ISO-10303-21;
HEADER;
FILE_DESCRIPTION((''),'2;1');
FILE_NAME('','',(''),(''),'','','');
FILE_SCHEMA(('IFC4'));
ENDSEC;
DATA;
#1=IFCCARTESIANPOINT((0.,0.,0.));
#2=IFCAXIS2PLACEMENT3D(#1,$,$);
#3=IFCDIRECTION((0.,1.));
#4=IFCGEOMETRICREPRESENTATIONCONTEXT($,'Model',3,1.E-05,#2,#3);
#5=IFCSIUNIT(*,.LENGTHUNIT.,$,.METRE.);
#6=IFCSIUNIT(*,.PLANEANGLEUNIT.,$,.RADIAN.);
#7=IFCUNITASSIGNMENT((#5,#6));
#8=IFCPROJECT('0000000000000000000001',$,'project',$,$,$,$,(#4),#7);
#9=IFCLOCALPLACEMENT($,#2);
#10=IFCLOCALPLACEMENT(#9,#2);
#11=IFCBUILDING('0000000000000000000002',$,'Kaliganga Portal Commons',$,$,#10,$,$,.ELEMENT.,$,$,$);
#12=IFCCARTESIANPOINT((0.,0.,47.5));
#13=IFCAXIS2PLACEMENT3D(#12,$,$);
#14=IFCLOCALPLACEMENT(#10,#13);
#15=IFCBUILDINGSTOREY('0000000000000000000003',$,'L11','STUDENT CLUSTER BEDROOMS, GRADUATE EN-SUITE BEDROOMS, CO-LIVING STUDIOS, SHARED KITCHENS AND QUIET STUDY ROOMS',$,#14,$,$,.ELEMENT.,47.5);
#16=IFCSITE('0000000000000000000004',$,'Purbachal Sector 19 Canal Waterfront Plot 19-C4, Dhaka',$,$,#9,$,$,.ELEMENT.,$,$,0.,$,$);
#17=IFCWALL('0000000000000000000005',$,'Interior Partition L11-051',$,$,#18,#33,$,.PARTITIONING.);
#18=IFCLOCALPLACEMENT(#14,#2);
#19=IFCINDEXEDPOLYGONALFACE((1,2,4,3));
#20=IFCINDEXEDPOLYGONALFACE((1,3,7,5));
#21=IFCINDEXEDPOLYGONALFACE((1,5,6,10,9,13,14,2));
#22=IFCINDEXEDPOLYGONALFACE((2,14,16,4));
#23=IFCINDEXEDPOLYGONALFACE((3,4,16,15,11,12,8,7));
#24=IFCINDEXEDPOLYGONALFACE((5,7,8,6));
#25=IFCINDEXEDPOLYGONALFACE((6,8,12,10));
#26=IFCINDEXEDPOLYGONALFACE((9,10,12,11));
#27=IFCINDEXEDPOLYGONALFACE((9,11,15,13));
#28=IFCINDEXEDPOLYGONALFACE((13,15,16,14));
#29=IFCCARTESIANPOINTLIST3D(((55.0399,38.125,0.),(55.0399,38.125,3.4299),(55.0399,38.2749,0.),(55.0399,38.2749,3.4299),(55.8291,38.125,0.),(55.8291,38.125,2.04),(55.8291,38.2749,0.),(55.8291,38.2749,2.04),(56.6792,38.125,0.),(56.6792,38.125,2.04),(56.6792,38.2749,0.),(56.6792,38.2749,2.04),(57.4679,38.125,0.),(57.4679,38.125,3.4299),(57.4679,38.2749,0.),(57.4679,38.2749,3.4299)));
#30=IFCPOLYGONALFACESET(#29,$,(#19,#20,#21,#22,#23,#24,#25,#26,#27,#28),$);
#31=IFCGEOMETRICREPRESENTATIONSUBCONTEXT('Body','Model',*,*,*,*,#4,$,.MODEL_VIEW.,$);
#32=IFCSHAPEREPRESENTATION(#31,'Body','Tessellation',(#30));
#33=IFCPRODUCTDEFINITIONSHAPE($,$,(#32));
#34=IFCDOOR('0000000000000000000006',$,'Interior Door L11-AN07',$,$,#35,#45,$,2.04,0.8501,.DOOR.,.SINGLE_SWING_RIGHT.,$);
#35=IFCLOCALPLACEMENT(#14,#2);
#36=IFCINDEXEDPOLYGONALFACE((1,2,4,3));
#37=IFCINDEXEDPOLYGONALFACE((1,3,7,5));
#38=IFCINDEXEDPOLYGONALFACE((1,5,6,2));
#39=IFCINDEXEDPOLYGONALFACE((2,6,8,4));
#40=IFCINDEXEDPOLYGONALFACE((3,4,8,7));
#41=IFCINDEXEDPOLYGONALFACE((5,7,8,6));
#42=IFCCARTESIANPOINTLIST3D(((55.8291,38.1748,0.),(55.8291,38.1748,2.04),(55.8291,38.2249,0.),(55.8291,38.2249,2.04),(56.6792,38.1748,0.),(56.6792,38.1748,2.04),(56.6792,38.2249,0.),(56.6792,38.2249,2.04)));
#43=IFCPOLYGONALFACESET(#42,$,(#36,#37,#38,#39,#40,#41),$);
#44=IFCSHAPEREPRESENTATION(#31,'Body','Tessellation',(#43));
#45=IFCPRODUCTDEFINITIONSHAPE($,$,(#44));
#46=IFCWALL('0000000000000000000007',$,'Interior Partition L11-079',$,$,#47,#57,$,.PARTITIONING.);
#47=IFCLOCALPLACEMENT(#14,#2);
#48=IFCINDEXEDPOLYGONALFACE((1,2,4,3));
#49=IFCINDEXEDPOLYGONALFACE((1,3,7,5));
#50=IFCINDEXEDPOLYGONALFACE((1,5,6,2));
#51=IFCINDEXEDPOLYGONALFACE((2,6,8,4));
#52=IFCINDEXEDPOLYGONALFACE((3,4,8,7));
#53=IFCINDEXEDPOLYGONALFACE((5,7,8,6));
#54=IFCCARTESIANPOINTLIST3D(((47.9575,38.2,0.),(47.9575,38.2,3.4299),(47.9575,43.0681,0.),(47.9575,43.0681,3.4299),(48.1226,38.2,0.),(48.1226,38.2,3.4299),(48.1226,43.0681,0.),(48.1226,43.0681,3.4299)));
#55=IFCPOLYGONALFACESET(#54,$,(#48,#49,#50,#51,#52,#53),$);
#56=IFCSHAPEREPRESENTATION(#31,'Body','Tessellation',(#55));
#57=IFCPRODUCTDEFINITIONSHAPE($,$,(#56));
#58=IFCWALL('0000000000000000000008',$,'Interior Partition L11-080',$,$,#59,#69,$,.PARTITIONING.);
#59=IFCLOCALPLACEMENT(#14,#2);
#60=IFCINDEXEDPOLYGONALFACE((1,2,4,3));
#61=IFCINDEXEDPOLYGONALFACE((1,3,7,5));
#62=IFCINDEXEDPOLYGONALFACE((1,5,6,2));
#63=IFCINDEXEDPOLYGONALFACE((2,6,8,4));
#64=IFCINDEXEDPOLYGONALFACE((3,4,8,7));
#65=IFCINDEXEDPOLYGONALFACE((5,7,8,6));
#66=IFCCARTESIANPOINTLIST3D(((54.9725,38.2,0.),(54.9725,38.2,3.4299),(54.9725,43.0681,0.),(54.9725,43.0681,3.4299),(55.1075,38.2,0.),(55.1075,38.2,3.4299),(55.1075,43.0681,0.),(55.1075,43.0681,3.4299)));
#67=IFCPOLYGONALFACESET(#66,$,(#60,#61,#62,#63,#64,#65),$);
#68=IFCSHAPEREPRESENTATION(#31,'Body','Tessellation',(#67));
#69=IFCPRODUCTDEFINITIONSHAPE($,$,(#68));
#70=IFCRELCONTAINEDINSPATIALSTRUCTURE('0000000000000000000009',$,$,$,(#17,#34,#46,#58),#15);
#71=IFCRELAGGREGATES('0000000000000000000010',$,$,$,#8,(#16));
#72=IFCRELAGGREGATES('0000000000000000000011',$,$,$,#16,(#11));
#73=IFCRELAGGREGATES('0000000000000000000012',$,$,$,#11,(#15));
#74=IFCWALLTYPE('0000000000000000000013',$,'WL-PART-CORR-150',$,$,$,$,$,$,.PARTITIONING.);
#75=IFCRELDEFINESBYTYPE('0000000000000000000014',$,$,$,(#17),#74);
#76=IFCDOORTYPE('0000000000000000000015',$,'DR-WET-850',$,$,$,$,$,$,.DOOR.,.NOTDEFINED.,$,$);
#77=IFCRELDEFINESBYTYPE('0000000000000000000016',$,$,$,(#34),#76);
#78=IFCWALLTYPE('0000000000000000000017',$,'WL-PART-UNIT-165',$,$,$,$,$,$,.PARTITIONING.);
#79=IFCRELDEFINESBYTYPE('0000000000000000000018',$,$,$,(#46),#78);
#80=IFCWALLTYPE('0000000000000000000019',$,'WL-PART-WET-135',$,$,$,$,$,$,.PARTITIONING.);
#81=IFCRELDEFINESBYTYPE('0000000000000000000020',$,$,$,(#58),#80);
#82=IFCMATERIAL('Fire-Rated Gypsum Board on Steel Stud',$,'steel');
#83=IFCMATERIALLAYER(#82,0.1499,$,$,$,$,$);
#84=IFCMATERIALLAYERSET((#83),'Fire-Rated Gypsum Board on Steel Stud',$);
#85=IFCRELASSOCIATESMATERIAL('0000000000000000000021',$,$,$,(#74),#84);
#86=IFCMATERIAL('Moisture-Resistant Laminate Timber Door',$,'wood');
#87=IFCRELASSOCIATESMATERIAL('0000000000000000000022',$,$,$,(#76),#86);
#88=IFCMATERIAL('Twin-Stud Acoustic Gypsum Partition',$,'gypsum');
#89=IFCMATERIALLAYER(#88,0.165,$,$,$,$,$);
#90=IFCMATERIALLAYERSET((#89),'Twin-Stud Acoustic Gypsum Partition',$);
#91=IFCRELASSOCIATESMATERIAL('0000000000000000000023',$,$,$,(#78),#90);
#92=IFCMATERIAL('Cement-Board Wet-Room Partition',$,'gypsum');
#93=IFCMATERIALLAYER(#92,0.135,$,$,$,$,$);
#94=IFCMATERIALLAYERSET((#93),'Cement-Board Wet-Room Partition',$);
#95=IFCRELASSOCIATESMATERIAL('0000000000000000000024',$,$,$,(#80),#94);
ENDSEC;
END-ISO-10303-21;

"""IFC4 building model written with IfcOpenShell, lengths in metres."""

from ifc_helpers import new_model, si_unit, direction, frame, frame_2d, origin, place, context, subcontext, project, spatial, rectangle, extrude, material, layer, layer_set, type_object, element, fill, save


model = new_model("IFC4")

# Units and contexts
model_context = context("Model", 3, precision=1e-05, world=origin(), true_north=direction((0.0, 1.0)))
body_context = subcontext(model_context, "Body", "Model", "MODEL_VIEW")
ifc_project = project(units=[si_unit("LENGTHUNIT", "METRE"), si_unit("PLANEANGLEUNIT", "RADIAN")], contexts=[model_context])

# Site, building, storey
site_placement = place(None, origin())
site = spatial("IfcSite", under=ifc_project, at=site_placement, Name="Purbachal Sector 19 Canal Waterfront Plot 19-C4, Dhaka", CompositionType="ELEMENT", RefElevation=0.0)
building_placement = place(site_placement, origin())
building = spatial("IfcBuilding", under=site, at=building_placement, Name="Kaliganga Portal Commons", CompositionType="ELEMENT")
storey_placement = place(building_placement, frame((0.0, 0.0, 47.5)))
storey = spatial("IfcBuildingStorey", under=building, at=storey_placement, Name="L11", Description="STUDENT CLUSTER BEDROOMS, GRADUATE EN-SUITE BEDROOMS, CO-LIVING STUDIOS, SHARED KITCHENS AND QUIET STUDY ROOMS", CompositionType="ELEMENT", Elevation=47.5)

# Shared definitions
ifc_material_1 = material(Name="Fire-Rated Gypsum Board on Steel Stud", Category="steel")
ifc_layer_1 = layer(ifc_material_1, 0.1499)
ifc_layer_set_1 = layer_set([ifc_layer_1], Name="Fire-Rated Gypsum Board on Steel Stud")
wall_type_1 = type_object("IfcWallType", Name="WL-PART-CORR-150", PredefinedType="PARTITIONING", material=ifc_layer_set_1)

# Wall, opening, door
wall_1_placement = place(storey_placement, frame((55.04, 38.2, 0.0), z_axis=(0.0, 0.0, 1.0), x_axis=(1.0, 0.0, 0.0)))
wall_1 = element("IfcWall", 1, at=wall_1_placement, inside=storey, type_object=wall_type_1, Name="Interior Partition L11-051", PredefinedType="PARTITIONING", context=body_context, shape_type="SweptSolid", body=[
    extrude(rectangle(XDim=2.428, YDim=0.1499, at=frame_2d((1.2139, 0.0))), origin(), (0.0, 0.0, 1.0), 3.4299),
])
opening_1_placement = place(wall_1_placement, frame((0.7891, 0.0, 0.0)))
opening_1 = element("IfcOpeningElement", 2, at=opening_1_placement, cuts=wall_1, PredefinedType="OPENING", context=body_context, shape_type="SweptSolid", body=[
    extrude(rectangle(XDim=0.8501, YDim=2.04, at=frame_2d((0.425, 1.02))), frame((0.0, 0.085, 0.0), z_axis=(0.0, -1.0, 0.0), x_axis=(1.0, 0.0, 0.0)), (0.0, 0.0, 1.0), 0.1699),
])
ifc_material_2 = material(Name="Moisture-Resistant Laminate Timber Door", Category="wood")
door_type_1 = type_object("IfcDoorType", Name="DR-WET-850", OperationType="NOTDEFINED", PredefinedType="DOOR", material=ifc_material_2)
door_1_placement = place(opening_1_placement, origin())
door_1 = element("IfcDoor", 3, at=door_1_placement, inside=storey, type_object=door_type_1, Name="Interior Door L11-AN07", OperationType="SINGLE_SWING_RIGHT", OverallHeight=2.04, OverallWidth=0.8501, PredefinedType="DOOR", context=body_context, shape_type="SweptSolid", body=[
    extrude(rectangle(XDim=0.8501, YDim=2.04, at=frame_2d((0.425, 1.02))), frame((0.0, 0.0249, 0.0), z_axis=(0.0, -1.0, 0.0), x_axis=(1.0, 0.0, 0.0)), (0.0, 0.0, 1.0), 0.05),
])
fill(opening_1, door_1)

# Walls
ifc_material_3 = material(Name="Twin-Stud Acoustic Gypsum Partition", Category="gypsum")
ifc_layer_2 = layer(ifc_material_3, 0.165)
ifc_layer_set_2 = layer_set([ifc_layer_2], Name="Twin-Stud Acoustic Gypsum Partition")
wall_type_2 = type_object("IfcWallType", Name="WL-PART-UNIT-165", PredefinedType="PARTITIONING", material=ifc_layer_set_2)
wall_2_placement = place(storey_placement, frame((48.04, 38.2, 0.0), z_axis=(0.0, 0.0, 1.0), x_axis=(0.0, 1.0, 0.0)))
element("IfcWall", 4, at=wall_2_placement, inside=storey, type_object=wall_type_2, Name="Interior Partition L11-079", PredefinedType="PARTITIONING", context=body_context, shape_type="SweptSolid", body=[
    extrude(rectangle(XDim=4.8682, YDim=0.165, at=frame_2d((2.4341, 0.0))), origin(), (0.0, 0.0, 1.0), 3.4299),
])
ifc_material_4 = material(Name="Cement-Board Wet-Room Partition", Category="gypsum")
ifc_layer_3 = layer(ifc_material_4, 0.135)
ifc_layer_set_3 = layer_set([ifc_layer_3], Name="Cement-Board Wet-Room Partition")
wall_type_3 = type_object("IfcWallType", Name="WL-PART-WET-135", PredefinedType="PARTITIONING", material=ifc_layer_set_3)
wall_3_placement = place(storey_placement, frame((55.04, 38.2, 0.0), z_axis=(0.0, 0.0, 1.0), x_axis=(0.0, 1.0, 0.0)))
element("IfcWall", 5, at=wall_3_placement, inside=storey, type_object=wall_type_3, Name="Interior Partition L11-080", PredefinedType="PARTITIONING", context=body_context, shape_type="SweptSolid", body=[
    extrude(rectangle(XDim=4.8682, YDim=0.135, at=frame_2d((2.4341, 0.0))), origin(), (0.0, 0.0, 1.0), 3.4299),
])

save(model, "model.ifc")
